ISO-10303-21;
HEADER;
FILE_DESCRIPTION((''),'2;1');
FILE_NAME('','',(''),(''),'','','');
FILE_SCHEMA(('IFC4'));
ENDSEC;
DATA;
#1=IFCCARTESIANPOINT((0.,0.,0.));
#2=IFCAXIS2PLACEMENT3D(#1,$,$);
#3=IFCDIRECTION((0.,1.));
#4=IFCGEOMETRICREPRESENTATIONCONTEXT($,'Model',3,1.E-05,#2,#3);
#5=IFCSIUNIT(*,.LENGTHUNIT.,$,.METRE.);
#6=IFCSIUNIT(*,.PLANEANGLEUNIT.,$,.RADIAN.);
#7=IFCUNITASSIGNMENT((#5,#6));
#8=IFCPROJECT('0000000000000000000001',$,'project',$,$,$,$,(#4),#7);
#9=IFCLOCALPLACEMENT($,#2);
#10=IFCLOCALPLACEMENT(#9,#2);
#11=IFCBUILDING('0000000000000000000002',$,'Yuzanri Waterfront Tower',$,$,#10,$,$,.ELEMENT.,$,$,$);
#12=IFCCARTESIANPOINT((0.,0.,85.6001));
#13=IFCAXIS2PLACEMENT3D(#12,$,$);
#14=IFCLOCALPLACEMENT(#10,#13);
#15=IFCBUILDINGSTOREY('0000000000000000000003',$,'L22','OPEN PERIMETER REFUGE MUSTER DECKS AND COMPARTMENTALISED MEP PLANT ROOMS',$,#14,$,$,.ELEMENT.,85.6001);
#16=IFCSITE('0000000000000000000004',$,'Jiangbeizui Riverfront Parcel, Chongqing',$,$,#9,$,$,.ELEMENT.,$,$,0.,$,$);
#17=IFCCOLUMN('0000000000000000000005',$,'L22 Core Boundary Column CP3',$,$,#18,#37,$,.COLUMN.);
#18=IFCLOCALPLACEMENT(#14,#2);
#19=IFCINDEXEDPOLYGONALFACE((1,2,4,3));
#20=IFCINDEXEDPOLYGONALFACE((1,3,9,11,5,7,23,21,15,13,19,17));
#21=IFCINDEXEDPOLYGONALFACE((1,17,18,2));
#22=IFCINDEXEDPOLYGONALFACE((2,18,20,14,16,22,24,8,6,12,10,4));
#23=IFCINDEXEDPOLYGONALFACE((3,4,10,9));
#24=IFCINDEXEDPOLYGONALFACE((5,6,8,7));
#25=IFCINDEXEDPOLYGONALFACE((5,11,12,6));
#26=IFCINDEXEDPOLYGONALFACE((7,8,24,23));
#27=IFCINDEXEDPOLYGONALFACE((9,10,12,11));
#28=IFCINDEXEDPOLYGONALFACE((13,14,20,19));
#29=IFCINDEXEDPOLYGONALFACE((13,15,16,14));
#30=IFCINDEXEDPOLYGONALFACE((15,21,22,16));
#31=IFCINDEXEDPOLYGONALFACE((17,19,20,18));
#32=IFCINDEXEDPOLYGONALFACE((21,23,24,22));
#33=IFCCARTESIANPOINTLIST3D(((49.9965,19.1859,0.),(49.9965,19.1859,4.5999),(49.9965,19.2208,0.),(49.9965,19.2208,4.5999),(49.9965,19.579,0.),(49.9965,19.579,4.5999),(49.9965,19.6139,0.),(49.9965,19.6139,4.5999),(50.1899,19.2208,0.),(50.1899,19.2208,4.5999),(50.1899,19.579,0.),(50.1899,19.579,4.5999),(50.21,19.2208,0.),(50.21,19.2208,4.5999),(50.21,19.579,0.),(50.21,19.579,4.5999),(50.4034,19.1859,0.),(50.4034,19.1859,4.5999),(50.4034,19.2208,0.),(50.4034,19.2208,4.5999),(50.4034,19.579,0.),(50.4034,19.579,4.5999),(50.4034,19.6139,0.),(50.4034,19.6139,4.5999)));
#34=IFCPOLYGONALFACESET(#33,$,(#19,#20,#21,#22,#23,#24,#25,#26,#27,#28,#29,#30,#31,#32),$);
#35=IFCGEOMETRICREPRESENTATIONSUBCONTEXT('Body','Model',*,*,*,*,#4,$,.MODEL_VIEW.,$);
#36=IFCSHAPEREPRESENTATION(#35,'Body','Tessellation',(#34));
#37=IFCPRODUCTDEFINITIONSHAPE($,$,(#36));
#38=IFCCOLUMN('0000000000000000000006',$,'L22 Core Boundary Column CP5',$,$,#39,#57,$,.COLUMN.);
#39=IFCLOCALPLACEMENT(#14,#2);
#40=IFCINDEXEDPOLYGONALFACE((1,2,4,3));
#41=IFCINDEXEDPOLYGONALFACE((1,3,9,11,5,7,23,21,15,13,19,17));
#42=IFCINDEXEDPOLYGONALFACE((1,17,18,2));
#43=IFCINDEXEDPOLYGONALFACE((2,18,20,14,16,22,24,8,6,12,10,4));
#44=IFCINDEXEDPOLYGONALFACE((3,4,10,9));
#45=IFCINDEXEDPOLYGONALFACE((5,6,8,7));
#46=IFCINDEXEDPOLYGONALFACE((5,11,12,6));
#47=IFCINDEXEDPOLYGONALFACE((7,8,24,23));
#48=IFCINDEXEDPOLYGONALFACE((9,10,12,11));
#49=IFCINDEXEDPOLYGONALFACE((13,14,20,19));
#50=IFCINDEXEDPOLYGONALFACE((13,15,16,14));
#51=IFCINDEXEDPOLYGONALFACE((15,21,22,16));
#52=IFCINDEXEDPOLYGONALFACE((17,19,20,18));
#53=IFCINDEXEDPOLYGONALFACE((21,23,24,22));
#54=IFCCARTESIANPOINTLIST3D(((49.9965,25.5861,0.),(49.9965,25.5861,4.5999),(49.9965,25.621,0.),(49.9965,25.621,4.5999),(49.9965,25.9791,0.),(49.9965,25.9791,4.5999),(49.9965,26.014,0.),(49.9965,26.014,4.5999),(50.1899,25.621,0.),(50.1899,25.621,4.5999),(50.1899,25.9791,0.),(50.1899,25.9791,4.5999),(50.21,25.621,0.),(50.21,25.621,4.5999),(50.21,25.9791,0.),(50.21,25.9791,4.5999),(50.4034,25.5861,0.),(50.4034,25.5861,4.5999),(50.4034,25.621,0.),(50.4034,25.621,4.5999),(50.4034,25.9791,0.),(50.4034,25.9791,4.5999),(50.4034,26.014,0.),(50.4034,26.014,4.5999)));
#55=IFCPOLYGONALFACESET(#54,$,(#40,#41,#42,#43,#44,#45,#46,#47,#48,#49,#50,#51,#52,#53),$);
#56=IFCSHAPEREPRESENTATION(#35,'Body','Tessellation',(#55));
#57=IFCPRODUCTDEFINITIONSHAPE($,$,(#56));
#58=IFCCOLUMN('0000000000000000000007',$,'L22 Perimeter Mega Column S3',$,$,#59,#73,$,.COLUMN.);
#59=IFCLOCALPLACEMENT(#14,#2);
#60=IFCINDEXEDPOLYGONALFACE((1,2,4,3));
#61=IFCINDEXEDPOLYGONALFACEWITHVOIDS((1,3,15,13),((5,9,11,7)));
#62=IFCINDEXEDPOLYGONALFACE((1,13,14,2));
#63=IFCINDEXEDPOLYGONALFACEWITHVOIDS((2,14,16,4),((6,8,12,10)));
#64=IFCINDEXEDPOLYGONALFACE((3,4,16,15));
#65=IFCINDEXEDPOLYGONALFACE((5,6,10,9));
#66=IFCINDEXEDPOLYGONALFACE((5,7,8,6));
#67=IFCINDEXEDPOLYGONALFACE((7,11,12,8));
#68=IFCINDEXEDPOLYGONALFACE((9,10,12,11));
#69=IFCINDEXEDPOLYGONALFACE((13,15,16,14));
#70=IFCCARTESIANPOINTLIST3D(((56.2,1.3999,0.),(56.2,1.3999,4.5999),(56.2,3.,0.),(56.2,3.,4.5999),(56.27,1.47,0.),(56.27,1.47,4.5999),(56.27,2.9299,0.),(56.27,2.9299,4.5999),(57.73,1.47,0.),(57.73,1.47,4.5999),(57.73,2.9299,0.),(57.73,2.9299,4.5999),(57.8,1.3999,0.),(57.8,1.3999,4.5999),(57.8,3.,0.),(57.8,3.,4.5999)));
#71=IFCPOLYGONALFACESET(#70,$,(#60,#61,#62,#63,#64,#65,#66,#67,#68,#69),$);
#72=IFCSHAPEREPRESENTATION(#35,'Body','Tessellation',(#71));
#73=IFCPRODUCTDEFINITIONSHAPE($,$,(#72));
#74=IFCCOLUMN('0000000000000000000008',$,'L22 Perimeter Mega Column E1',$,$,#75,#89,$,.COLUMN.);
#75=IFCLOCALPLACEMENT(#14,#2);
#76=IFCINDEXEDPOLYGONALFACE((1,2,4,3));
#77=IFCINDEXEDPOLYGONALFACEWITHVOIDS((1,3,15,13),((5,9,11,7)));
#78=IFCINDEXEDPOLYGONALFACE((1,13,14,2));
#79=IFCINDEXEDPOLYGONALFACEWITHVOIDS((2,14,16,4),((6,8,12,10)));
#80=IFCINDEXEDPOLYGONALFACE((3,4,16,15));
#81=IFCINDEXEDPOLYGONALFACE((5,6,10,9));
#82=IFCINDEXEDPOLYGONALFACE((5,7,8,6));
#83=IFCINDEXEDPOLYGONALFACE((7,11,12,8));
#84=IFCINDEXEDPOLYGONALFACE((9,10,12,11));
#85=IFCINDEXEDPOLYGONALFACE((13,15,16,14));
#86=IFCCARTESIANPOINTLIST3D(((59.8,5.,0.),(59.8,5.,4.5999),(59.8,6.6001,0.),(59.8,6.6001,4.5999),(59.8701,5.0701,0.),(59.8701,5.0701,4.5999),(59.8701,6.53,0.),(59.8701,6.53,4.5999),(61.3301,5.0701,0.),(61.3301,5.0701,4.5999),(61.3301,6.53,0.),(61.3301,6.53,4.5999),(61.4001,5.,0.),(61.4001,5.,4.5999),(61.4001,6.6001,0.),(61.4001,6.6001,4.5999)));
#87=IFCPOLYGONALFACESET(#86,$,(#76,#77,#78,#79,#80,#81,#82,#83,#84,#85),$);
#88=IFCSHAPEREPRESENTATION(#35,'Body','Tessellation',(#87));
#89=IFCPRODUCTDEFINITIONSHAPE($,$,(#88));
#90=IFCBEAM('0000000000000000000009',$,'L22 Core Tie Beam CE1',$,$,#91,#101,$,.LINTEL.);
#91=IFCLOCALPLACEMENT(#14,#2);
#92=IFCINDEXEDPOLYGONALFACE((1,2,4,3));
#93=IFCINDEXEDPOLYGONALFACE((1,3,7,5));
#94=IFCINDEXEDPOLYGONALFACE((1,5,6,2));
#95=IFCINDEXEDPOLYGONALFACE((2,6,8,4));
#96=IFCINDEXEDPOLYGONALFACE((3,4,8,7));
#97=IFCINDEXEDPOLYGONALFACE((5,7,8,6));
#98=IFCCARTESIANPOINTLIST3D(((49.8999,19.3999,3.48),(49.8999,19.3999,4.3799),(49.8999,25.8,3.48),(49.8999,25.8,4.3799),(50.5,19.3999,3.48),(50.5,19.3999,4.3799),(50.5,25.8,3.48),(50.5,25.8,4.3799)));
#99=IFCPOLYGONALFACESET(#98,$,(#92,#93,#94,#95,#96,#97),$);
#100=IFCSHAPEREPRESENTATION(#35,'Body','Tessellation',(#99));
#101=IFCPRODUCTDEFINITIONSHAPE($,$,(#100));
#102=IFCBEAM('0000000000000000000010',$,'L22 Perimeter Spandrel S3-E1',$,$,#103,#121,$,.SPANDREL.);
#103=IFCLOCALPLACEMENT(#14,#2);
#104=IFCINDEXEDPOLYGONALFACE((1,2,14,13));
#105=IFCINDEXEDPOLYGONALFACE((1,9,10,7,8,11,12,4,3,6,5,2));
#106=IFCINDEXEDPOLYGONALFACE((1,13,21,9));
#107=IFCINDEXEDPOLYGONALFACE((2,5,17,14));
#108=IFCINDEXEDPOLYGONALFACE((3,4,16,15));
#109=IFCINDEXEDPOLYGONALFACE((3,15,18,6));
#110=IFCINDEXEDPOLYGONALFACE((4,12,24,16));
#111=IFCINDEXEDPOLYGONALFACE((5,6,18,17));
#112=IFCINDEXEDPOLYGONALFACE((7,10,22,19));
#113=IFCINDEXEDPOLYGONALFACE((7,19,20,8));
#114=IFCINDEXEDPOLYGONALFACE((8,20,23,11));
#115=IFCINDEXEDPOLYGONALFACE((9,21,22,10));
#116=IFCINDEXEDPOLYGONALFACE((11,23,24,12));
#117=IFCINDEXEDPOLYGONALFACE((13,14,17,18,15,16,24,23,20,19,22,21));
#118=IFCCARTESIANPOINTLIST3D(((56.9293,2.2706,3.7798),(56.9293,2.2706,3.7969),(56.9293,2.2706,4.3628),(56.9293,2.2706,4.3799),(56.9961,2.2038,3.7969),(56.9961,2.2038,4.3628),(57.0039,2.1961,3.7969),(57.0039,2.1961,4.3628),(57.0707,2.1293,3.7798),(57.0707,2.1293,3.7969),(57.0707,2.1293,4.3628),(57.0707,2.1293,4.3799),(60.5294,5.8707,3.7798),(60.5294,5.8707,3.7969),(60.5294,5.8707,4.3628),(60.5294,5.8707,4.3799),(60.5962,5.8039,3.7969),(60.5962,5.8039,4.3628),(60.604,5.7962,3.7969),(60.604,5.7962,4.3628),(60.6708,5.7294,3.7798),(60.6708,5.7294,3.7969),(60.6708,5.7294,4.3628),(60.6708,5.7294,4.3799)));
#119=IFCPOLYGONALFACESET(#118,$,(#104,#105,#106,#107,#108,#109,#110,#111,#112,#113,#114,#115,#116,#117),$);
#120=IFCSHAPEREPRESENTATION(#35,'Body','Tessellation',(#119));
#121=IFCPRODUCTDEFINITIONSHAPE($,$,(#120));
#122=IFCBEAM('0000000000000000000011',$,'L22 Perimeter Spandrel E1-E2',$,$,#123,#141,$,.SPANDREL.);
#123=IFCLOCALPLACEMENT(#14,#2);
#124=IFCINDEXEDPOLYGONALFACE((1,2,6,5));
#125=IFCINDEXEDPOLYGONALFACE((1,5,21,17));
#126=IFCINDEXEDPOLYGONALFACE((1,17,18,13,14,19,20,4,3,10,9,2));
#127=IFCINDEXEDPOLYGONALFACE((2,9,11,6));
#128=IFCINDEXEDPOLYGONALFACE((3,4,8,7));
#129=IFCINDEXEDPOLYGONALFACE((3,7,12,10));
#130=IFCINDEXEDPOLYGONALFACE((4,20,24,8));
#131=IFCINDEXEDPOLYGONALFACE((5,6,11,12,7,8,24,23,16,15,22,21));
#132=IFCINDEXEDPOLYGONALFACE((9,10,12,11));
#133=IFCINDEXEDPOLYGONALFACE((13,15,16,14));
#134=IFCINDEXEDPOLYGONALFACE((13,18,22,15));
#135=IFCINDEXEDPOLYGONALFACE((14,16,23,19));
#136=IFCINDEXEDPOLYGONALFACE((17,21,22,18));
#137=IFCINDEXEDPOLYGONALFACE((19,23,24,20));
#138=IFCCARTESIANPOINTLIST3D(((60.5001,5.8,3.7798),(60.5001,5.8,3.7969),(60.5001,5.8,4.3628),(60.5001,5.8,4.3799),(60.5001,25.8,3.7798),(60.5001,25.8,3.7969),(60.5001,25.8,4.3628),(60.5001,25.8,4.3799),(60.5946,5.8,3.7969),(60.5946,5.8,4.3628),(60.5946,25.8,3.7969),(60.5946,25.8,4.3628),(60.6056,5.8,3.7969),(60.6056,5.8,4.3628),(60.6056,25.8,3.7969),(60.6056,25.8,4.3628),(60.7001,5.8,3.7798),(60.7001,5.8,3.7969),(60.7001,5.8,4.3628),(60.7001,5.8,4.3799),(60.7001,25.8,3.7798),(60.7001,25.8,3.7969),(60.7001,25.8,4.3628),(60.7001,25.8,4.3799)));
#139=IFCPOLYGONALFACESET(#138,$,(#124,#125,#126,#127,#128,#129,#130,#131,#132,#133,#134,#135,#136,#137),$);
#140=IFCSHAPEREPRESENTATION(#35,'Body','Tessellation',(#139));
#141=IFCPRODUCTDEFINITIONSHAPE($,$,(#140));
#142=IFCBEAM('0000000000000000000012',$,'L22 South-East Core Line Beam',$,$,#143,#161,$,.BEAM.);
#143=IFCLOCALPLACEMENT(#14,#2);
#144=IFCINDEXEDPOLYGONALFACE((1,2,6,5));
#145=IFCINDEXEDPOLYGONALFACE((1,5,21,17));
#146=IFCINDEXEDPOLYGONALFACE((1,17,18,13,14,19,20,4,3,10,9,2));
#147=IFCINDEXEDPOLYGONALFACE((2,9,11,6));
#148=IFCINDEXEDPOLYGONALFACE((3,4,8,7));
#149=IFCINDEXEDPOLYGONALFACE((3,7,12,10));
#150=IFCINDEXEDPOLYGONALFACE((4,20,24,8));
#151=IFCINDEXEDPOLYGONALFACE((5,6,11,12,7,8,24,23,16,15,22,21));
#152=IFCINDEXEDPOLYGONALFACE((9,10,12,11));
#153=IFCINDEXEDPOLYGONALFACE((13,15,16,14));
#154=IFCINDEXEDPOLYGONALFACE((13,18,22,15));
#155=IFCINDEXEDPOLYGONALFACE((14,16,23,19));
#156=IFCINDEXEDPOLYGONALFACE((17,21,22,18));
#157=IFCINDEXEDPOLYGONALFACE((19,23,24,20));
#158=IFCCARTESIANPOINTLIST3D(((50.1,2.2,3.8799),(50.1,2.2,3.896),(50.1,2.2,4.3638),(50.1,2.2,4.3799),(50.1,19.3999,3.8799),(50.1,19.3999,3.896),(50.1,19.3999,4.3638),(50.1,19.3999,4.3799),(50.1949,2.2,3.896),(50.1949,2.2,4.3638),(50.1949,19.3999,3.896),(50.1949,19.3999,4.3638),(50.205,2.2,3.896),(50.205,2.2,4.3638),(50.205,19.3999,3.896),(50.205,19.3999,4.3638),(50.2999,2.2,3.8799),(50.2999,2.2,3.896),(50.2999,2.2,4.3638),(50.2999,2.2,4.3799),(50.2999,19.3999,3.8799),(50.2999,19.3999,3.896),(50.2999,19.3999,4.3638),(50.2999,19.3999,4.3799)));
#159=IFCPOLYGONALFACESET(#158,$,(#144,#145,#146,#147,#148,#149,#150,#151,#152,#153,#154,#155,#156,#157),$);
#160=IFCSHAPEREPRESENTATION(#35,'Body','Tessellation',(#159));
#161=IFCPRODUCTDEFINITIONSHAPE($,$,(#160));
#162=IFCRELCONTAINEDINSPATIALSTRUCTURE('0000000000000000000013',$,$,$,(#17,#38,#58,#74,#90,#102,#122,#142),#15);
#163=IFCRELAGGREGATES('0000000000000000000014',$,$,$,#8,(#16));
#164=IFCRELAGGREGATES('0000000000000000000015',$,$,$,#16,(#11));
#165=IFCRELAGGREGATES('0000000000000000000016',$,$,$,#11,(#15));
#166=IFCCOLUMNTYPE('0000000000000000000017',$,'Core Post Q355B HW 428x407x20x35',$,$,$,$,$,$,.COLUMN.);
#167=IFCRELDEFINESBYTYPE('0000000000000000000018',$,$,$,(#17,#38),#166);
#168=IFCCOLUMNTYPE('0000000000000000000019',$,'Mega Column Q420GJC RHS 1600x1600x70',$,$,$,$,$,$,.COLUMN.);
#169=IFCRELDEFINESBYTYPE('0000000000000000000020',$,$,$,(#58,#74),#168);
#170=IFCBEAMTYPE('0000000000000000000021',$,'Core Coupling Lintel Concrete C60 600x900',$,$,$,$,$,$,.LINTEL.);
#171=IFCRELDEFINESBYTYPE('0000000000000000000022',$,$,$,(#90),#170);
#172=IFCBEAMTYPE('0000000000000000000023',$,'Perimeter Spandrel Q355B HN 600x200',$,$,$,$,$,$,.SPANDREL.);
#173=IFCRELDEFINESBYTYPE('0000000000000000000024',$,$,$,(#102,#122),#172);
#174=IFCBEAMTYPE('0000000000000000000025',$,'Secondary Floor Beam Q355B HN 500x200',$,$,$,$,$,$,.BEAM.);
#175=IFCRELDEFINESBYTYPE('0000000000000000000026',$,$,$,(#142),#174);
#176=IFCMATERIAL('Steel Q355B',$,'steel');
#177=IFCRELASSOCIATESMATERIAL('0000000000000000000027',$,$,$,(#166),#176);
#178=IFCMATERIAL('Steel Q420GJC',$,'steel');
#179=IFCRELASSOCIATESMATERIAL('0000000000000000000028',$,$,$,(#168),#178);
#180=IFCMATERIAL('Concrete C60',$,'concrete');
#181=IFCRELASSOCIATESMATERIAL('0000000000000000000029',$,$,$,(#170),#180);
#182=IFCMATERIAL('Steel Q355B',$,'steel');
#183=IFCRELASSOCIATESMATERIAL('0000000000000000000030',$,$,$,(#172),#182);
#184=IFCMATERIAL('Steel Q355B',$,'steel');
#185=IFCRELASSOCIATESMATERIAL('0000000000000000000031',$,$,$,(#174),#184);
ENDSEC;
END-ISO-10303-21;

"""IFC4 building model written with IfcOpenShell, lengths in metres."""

from ifc_helpers import new_model, si_unit, direction, frame, origin, origin_2d, place, context, subcontext, project, spatial, rectangle, hollow_rectangle, i_section, extrude, source, transform, mapped, material, material_profile, profile_set, type_object, element, save


model = new_model("IFC4")

# Units and contexts
model_context = context("Model", 3, precision=1e-05, world=origin(), true_north=direction((0.0, 1.0)))
body_context = subcontext(model_context, "Body", "Model", "MODEL_VIEW")
ifc_project = project(units=[si_unit("LENGTHUNIT", "METRE"), si_unit("PLANEANGLEUNIT", "RADIAN")], contexts=[model_context])

# Site, building, storey
site_placement = place(None, origin())
site = spatial("IfcSite", under=ifc_project, at=site_placement, Name="Jiangbeizui Riverfront Parcel, Chongqing", CompositionType="ELEMENT", RefElevation=0.0)
building_placement = place(site_placement, origin())
building = spatial("IfcBuilding", under=site, at=building_placement, Name="Yuzanri Waterfront Tower", CompositionType="ELEMENT")
storey_placement = place(building_placement, frame((0.0, 0.0, 85.6001)))
storey = spatial("IfcBuildingStorey", under=building, at=storey_placement, Name="L22", Description="OPEN PERIMETER REFUGE MUSTER DECKS AND COMPARTMENTALISED MEP PLANT ROOMS", CompositionType="ELEMENT", Elevation=85.6001)

# Columns
ifc_material_1 = material(Name="Steel Q355B", Category="steel")
ifc_material_profile_1 = material_profile(ifc_material_1, i_section(OverallWidth=0.407, OverallDepth=0.428, WebThickness=0.02, FlangeThickness=0.0349, at=origin_2d()), Name="HW 428x407x20x35")
ifc_profile_set_1 = profile_set([ifc_material_profile_1], Name="Steel Q355B")
column_type_1 = type_object("IfcColumnType", Name="Core Post Q355B HW 428x407x20x35", PredefinedType="COLUMN", material=ifc_profile_set_1)
shared_shape_1 = source(origin(), body_context, "Body", "SweptSolid", [
    extrude(i_section(OverallWidth=0.407, OverallDepth=0.428, WebThickness=0.02, FlangeThickness=0.0349, at=origin_2d()), origin(), (0.0, 0.0, 1.0), 4.5999),
])
for number, where, z_axis, x_axis, name in (
    (1, (50.2, 19.3999, 0.0), (0.0, 0.0, 1.0), (1.0, 0.0, 0.0), "L22 Core Boundary Column CP3"),
    (2, (50.2, 25.8, 0.0), (0.0, 0.0, 1.0), (1.0, 0.0, 0.0), "L22 Core Boundary Column CP5"),
):
    element("IfcColumn", number, at=place(storey_placement, frame(where, z_axis=z_axis, x_axis=x_axis)), inside=storey, type_object=column_type_1, Name=name, PredefinedType="COLUMN", context=body_context, shape_type="MappedRepresentation", body=[
        mapped(shared_shape_1, transform((0.0, 0.0, 0.0), scale=1.0)),
    ])
ifc_material_2 = material(Name="Steel Q420GJC", Category="steel")
ifc_material_profile_2 = material_profile(ifc_material_2, hollow_rectangle(XDim=1.6001, YDim=1.6001, WallThickness=0.0701, at=origin_2d()), Name="RHS 1600x1600x70")
ifc_profile_set_2 = profile_set([ifc_material_profile_2], Name="Steel Q420GJC")
column_type_2 = type_object("IfcColumnType", Name="Mega Column Q420GJC RHS 1600x1600x70", PredefinedType="COLUMN", material=ifc_profile_set_2)
shared_shape_2 = source(origin(), body_context, "Body", "SweptSolid", [
    extrude(hollow_rectangle(XDim=1.6001, YDim=1.6001, WallThickness=0.0701, at=origin_2d()), origin(), (0.0, 0.0, 1.0), 4.5999),
])
for number, where, z_axis, x_axis, name in (
    (3, (57.0, 2.2, 0.0), (0.0, 0.0, 1.0), (1.0, 0.0, 0.0), "L22 Perimeter Mega Column S3"),
    (4, (60.6001, 5.8, 0.0), (0.0, 0.0, 1.0), (1.0, 0.0, 0.0), "L22 Perimeter Mega Column E1"),
):
    element("IfcColumn", number, at=place(storey_placement, frame(where, z_axis=z_axis, x_axis=x_axis)), inside=storey, type_object=column_type_2, Name=name, PredefinedType="COLUMN", context=body_context, shape_type="MappedRepresentation", body=[
        mapped(shared_shape_2, transform((0.0, 0.0, 0.0), scale=1.0)),
    ])

# Beams
ifc_material_3 = material(Name="Concrete C60", Category="concrete")
ifc_material_profile_3 = material_profile(ifc_material_3, rectangle(XDim=0.6001, YDim=0.8999, at=origin_2d()), Name="RC 600x900")
ifc_profile_set_3 = profile_set([ifc_material_profile_3], Name="Concrete C60")
beam_type_1 = type_object("IfcBeamType", Name="Core Coupling Lintel Concrete C60 600x900", PredefinedType="LINTEL", material=ifc_profile_set_3)
shared_shape_3 = source(origin(), body_context, "Body", "SweptSolid", [
    extrude(rectangle(XDim=0.6001, YDim=0.8999, at=origin_2d()), origin(), (0.0, 0.0, 1.0), 6.4001),
])
beam_1_placement = place(storey_placement, frame((50.2, 19.3999, 3.9299), z_axis=(0.0, 1.0, 0.0), x_axis=(-1.0, 0.0, 0.0)))
element("IfcBeam", 5, at=beam_1_placement, inside=storey, type_object=beam_type_1, Name="L22 Core Tie Beam CE1", PredefinedType="LINTEL", context=body_context, shape_type="MappedRepresentation", body=[
    mapped(shared_shape_3, transform((0.0, 0.0, 0.0), scale=1.0)),
])
ifc_material_4 = material(Name="Steel Q355B", Category="steel")
ifc_material_profile_4 = material_profile(ifc_material_4, i_section(OverallWidth=0.2, OverallDepth=0.6001, WebThickness=0.011, FlangeThickness=0.0171, at=origin_2d()), Name="HN 600x200x11x17")
ifc_profile_set_4 = profile_set([ifc_material_profile_4], Name="Steel Q355B")
beam_type_2 = type_object("IfcBeamType", Name="Perimeter Spandrel Q355B HN 600x200", PredefinedType="SPANDREL", material=ifc_profile_set_4)
shared_shape_4 = source(origin(), body_context, "Body", "SweptSolid", [
    extrude(i_section(OverallWidth=0.2, OverallDepth=0.6001, WebThickness=0.011, FlangeThickness=0.0171, at=origin_2d()), origin(), (0.0, 0.0, 1.0), 5.0913),
])
beam_2_placement = place(storey_placement, frame((57.0, 2.2, 4.0798), z_axis=(0.707107, 0.707107, 0.0), x_axis=(-0.707107, 0.707107, 0.0)))
element("IfcBeam", 6, at=beam_2_placement, inside=storey, type_object=beam_type_2, Name="L22 Perimeter Spandrel S3-E1", PredefinedType="SPANDREL", context=body_context, shape_type="MappedRepresentation", body=[
    mapped(shared_shape_4, transform((0.0, 0.0, 0.0), scale=1.0)),
])
shared_shape_5 = source(origin(), body_context, "Body", "SweptSolid", [
    extrude(i_section(OverallWidth=0.2, OverallDepth=0.6001, WebThickness=0.011, FlangeThickness=0.0171, at=origin_2d()), origin(), (0.0, 0.0, 1.0), 20.0),
])
beam_3_placement = place(storey_placement, frame((60.6001, 5.8, 4.0798), z_axis=(0.0, 1.0, 0.0), x_axis=(-1.0, 0.0, 0.0)))
element("IfcBeam", 7, at=beam_3_placement, inside=storey, type_object=beam_type_2, Name="L22 Perimeter Spandrel E1-E2", PredefinedType="SPANDREL", context=body_context, shape_type="MappedRepresentation", body=[
    mapped(shared_shape_5, transform((0.0, 0.0, 0.0), scale=1.0)),
])
ifc_material_5 = material(Name="Steel Q355B", Category="steel")
ifc_material_profile_5 = material_profile(ifc_material_5, i_section(OverallWidth=0.2, OverallDepth=0.5, WebThickness=0.01, FlangeThickness=0.0161, at=origin_2d()), Name="HN 500x200x10x16")
ifc_profile_set_5 = profile_set([ifc_material_profile_5], Name="Steel Q355B")
beam_type_3 = type_object("IfcBeamType", Name="Secondary Floor Beam Q355B HN 500x200", PredefinedType="BEAM", material=ifc_profile_set_5)
shared_shape_6 = source(origin(), body_context, "Body", "SweptSolid", [
    extrude(i_section(OverallWidth=0.2, OverallDepth=0.5, WebThickness=0.01, FlangeThickness=0.0161, at=origin_2d()), origin(), (0.0, 0.0, 1.0), 17.2),
])
beam_4_placement = place(storey_placement, frame((50.2, 19.3999, 4.1299), z_axis=(0.0, -1.0, 0.0), x_axis=(1.0, 0.0, 0.0)))
element("IfcBeam", 8, at=beam_4_placement, inside=storey, type_object=beam_type_3, Name="L22 South-East Core Line Beam", PredefinedType="BEAM", context=body_context, shape_type="MappedRepresentation", body=[
    mapped(shared_shape_6, transform((0.0, 0.0, 0.0), scale=1.0)),
])

save(model, "model.ifc")
